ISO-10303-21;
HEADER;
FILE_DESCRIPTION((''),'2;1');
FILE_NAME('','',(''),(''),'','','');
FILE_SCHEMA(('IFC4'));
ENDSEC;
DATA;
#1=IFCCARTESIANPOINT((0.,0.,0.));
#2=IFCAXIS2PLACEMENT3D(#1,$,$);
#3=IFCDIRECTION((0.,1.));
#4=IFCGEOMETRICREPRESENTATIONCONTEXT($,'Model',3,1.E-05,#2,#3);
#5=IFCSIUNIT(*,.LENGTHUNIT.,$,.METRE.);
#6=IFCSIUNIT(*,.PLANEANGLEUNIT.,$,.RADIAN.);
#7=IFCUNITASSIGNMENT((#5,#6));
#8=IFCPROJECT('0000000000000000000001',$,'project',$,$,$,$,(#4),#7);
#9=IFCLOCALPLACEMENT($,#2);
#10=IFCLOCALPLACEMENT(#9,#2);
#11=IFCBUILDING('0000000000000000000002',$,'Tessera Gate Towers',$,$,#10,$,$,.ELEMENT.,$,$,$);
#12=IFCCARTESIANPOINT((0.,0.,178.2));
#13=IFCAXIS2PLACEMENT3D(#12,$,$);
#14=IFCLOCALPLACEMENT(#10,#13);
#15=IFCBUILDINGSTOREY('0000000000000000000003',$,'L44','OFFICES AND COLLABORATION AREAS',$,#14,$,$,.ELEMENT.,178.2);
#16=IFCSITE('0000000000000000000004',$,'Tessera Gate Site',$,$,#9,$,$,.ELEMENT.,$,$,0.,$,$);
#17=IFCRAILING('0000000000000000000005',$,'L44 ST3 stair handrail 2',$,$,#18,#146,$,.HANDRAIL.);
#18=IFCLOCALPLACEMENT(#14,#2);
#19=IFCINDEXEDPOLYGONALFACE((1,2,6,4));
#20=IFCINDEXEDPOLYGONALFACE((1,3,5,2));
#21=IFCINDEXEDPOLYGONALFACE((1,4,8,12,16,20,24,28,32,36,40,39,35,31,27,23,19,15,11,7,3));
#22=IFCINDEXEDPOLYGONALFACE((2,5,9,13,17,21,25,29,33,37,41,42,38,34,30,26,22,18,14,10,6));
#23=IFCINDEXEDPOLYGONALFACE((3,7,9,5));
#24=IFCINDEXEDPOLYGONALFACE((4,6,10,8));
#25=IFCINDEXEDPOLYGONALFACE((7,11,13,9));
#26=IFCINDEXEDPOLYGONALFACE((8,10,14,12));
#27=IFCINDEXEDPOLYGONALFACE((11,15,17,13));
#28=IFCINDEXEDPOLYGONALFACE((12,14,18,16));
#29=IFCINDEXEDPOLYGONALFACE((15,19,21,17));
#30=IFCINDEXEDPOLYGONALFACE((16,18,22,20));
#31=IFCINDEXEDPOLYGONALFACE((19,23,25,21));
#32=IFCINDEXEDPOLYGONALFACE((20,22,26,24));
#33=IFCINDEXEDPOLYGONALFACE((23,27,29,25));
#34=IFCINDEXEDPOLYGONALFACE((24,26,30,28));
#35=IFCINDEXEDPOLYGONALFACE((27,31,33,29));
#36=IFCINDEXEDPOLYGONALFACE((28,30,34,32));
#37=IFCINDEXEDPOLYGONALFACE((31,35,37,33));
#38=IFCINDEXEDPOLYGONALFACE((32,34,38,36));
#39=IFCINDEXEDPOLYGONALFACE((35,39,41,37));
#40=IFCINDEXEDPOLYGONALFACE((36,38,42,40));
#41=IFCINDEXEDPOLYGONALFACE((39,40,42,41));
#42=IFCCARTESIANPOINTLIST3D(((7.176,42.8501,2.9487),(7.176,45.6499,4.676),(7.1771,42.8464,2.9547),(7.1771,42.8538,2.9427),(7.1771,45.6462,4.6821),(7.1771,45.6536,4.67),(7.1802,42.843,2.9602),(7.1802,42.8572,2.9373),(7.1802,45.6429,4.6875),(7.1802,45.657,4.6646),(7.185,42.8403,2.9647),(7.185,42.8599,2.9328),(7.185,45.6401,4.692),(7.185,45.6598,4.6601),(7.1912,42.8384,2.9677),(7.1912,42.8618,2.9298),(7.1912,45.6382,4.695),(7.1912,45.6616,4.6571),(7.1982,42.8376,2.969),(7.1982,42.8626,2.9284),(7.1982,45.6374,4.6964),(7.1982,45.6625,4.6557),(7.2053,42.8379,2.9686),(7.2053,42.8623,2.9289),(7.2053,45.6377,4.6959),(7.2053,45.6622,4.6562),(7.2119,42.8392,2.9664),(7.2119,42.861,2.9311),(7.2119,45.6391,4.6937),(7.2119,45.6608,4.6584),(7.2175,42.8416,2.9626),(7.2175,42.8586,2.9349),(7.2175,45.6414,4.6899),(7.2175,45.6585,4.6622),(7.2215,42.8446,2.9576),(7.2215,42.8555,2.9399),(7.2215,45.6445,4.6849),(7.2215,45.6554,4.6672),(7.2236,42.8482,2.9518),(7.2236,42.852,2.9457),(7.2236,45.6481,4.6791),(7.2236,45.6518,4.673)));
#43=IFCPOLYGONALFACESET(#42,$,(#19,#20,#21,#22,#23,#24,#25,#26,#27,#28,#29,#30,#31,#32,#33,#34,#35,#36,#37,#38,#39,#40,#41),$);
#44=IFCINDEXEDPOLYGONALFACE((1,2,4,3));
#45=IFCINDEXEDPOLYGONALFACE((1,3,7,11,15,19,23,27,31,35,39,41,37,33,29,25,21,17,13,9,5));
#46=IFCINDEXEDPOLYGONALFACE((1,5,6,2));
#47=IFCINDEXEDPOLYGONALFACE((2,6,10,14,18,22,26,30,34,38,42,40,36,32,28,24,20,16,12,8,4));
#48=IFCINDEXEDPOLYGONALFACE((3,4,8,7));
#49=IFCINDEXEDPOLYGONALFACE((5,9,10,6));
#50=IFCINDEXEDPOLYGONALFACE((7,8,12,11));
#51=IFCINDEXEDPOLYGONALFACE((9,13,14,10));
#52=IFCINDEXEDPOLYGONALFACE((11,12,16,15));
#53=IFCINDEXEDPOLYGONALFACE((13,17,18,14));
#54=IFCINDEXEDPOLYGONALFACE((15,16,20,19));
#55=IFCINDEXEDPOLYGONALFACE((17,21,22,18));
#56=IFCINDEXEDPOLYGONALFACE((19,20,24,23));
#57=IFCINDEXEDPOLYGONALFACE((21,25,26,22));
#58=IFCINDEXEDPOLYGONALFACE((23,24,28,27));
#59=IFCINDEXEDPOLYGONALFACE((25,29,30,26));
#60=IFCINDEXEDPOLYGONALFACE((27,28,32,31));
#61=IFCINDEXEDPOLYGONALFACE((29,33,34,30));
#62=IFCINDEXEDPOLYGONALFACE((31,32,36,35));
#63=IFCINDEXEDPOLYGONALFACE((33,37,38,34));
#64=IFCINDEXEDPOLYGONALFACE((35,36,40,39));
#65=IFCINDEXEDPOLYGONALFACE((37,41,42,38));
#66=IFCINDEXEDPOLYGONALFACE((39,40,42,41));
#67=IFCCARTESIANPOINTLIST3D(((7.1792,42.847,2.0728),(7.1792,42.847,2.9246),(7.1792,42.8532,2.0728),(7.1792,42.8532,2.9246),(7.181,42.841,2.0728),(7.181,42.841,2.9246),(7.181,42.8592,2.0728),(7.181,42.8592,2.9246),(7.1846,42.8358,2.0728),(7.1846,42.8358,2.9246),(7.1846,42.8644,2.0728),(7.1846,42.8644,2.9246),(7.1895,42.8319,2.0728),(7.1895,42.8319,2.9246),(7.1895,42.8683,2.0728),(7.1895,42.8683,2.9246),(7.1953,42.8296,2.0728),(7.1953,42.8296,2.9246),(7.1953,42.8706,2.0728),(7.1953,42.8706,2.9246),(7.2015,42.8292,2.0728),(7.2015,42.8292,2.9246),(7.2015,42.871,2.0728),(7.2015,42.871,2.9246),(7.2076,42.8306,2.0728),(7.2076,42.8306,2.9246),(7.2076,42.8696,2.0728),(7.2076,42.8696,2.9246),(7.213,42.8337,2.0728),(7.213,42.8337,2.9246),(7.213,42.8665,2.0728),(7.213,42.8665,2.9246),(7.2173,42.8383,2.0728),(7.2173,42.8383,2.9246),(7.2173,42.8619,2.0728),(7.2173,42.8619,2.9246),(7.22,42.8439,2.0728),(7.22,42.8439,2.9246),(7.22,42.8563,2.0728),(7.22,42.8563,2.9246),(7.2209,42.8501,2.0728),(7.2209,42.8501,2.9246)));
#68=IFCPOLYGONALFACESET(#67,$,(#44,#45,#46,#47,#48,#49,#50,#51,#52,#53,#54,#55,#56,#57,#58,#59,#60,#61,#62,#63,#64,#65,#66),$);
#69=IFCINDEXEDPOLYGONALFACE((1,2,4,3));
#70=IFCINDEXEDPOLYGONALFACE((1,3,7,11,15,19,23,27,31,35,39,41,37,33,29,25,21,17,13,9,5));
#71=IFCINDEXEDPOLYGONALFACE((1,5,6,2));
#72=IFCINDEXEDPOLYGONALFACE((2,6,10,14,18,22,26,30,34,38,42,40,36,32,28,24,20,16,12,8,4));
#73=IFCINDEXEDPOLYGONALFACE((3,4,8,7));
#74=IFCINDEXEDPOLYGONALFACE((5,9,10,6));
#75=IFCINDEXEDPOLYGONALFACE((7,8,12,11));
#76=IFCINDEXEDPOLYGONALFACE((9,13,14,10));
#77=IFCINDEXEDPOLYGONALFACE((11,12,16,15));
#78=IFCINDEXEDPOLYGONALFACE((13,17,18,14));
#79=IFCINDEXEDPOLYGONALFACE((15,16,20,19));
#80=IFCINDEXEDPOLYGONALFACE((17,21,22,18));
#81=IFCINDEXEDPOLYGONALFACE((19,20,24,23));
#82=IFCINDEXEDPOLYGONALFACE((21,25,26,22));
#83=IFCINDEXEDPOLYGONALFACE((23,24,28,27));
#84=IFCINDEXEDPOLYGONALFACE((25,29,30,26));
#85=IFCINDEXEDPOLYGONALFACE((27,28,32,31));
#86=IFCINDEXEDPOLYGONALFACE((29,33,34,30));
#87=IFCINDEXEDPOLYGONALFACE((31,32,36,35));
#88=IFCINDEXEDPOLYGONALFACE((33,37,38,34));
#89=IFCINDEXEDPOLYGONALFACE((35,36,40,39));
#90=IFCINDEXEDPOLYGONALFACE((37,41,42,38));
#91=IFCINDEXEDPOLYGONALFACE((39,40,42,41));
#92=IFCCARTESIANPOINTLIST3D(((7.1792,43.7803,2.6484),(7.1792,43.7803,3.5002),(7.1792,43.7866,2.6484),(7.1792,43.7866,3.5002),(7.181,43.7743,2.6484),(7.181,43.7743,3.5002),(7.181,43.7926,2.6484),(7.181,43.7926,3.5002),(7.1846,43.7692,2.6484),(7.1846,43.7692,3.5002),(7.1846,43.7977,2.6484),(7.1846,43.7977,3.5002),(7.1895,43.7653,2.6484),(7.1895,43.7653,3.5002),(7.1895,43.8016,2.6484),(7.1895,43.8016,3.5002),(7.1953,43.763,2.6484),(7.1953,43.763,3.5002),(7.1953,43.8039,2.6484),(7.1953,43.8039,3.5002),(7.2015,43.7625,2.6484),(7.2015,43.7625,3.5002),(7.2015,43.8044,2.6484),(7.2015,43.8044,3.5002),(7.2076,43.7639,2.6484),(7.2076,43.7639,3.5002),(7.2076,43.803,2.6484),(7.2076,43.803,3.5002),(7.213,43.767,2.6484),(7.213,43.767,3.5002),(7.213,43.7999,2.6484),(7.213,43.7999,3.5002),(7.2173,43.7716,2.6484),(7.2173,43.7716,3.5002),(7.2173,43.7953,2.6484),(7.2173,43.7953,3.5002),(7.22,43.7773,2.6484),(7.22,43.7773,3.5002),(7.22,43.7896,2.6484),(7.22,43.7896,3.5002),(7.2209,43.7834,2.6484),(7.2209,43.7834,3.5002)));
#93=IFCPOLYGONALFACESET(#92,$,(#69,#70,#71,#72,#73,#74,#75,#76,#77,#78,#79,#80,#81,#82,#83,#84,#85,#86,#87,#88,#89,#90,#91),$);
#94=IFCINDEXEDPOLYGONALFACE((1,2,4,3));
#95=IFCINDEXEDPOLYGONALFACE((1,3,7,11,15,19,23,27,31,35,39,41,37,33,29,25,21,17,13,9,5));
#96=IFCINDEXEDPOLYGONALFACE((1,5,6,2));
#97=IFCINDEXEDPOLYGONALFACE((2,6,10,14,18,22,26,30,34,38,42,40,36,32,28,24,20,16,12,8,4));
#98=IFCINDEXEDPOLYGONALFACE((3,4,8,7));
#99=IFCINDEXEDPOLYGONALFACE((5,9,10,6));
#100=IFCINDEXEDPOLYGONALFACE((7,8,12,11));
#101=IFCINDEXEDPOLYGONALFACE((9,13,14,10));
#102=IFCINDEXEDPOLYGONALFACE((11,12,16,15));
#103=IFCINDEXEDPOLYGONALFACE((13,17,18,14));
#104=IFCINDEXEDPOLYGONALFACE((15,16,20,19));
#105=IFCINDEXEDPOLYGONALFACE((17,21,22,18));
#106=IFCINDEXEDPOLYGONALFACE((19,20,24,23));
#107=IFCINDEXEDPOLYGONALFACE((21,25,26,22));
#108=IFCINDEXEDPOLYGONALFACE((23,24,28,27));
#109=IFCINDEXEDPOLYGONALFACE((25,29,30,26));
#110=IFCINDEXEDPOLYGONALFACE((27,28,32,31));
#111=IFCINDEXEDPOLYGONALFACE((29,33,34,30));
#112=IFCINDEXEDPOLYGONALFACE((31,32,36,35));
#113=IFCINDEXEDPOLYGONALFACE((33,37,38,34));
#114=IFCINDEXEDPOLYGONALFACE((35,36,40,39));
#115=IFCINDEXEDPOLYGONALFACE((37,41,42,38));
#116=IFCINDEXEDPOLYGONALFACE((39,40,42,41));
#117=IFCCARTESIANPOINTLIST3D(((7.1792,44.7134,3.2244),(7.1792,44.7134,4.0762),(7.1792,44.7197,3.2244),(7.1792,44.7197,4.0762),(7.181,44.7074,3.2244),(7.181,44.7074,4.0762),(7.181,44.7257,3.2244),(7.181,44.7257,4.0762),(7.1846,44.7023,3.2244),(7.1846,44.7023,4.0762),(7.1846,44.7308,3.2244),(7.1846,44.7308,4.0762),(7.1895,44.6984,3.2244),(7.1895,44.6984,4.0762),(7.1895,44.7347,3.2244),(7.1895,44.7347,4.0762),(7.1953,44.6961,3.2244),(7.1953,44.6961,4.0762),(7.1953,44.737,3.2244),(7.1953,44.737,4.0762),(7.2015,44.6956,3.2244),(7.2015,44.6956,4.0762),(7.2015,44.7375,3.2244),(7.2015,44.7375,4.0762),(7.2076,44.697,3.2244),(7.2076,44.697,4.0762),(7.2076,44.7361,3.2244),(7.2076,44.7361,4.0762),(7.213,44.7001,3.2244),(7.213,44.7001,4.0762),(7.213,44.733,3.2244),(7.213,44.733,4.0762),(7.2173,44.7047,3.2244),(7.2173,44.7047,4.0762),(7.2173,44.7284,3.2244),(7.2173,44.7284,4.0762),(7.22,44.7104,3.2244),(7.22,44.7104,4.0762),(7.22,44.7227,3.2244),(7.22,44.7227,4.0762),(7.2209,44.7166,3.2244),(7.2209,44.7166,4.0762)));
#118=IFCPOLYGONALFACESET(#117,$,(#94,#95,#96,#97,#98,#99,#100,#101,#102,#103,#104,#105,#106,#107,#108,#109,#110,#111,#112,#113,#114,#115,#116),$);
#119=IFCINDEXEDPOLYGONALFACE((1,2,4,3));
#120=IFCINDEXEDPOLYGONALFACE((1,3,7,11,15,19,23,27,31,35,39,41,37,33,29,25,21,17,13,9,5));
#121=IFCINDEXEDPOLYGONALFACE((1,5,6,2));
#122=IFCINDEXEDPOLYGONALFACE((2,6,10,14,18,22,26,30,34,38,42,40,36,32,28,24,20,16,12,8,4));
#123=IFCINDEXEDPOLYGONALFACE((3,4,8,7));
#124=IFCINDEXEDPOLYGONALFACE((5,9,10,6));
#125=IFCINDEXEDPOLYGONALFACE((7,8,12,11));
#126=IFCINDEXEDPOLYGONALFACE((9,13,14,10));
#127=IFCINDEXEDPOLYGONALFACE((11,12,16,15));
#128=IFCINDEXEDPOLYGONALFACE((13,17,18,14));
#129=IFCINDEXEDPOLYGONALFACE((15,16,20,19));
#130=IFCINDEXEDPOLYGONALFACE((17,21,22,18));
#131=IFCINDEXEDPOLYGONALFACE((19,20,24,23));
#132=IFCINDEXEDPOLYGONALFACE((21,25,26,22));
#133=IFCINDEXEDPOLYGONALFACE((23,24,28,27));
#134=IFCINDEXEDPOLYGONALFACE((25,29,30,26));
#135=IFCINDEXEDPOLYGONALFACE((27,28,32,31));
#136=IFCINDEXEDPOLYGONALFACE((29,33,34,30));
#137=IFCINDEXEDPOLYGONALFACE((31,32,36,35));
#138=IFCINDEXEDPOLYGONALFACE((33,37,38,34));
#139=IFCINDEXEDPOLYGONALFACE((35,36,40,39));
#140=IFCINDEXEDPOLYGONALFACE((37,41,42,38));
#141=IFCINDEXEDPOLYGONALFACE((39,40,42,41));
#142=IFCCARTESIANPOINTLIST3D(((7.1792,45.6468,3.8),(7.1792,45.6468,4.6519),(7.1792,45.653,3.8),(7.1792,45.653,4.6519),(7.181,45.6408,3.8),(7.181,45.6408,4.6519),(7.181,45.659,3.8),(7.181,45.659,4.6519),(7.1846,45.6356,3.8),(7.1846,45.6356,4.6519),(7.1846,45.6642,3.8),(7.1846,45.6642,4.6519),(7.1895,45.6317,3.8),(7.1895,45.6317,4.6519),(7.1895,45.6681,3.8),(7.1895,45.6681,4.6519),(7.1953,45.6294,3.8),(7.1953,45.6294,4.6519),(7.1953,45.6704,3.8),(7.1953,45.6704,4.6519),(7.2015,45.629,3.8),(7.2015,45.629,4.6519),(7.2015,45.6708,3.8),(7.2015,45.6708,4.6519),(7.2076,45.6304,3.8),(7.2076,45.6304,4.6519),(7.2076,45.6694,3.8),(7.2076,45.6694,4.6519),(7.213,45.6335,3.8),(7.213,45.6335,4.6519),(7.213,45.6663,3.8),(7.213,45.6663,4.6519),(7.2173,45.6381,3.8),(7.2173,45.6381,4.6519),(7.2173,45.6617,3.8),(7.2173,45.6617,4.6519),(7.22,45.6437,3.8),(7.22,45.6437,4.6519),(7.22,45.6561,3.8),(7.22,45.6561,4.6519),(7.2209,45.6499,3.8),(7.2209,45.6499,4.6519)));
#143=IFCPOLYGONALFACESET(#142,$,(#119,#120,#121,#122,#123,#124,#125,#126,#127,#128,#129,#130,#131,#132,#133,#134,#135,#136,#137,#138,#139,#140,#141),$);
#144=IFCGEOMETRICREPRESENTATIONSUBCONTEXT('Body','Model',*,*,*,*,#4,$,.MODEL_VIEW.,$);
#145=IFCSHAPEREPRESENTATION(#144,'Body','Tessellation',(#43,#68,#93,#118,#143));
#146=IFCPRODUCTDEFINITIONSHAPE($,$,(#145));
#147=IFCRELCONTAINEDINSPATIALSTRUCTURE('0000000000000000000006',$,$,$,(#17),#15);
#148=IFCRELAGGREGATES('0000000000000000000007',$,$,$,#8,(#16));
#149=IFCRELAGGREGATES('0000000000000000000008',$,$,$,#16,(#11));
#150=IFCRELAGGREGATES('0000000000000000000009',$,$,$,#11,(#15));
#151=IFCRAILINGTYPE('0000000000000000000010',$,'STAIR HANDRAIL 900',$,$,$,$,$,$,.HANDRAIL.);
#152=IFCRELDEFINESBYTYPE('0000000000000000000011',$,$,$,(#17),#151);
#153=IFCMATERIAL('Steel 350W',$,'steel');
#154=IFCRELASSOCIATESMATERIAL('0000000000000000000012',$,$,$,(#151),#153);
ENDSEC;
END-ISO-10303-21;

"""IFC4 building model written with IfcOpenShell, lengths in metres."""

from ifc_helpers import new_model, si_unit, direction, frame, origin, origin_2d, place, context, subcontext, project, spatial, circle, extrude, material, type_object, element, save


model = new_model("IFC4")

# Units and contexts
model_context = context("Model", 3, precision=1e-05, world=origin(), true_north=direction((0.0, 1.0)))
body_context = subcontext(model_context, "Body", "Model", "MODEL_VIEW")
ifc_project = project(units=[si_unit("LENGTHUNIT", "METRE"), si_unit("PLANEANGLEUNIT", "RADIAN")], contexts=[model_context])

# Site, building, storey
site_placement = place(None, origin())
site = spatial("IfcSite", under=ifc_project, at=site_placement, Name="Tessera Gate Site", CompositionType="ELEMENT", RefElevation=0.0)
building_placement = place(site_placement, origin())
building = spatial("IfcBuilding", under=site, at=building_placement, Name="Tessera Gate Towers", CompositionType="ELEMENT")
storey_placement = place(building_placement, frame((0.0, 0.0, 178.2)))
storey = spatial("IfcBuildingStorey", under=building, at=storey_placement, Name="L44", Description="OFFICES AND COLLABORATION AREAS", CompositionType="ELEMENT", Elevation=178.2)

# Railing
ifc_material_1 = material(Name="Steel 350W", Category="steel")
railing_type_1 = type_object("IfcRailingType", Name="STAIR HANDRAIL 900", PredefinedType="HANDRAIL", material=ifc_material_1)
railing_1_placement = place(storey_placement, frame((7.2, 42.8501, 2.0728)))
element("IfcRailing", 1, at=railing_1_placement, inside=storey, type_object=railing_type_1, Name="L44 ST3 stair handrail 2", PredefinedType="HANDRAIL", context=body_context, shape_type="SweptSolid", body=[
    extrude(circle(Radius=0.0239, at=origin_2d()), frame((0.0, 0.0, 0.876), z_axis=(0.0, 0.851069, 0.525054), x_axis=(-1.0, 0.0, 0.0)), (0.0, 0.0, 1.0), 3.2898),
    extrude(circle(Radius=0.021, at=origin_2d()), origin(), (0.0, 0.0, 1.0), 0.8518),
    extrude(circle(Radius=0.021, at=origin_2d()), frame((0.0, 0.9333, 0.5757)), (0.0, 0.0, 1.0), 0.8518),
    extrude(circle(Radius=0.021, at=origin_2d()), frame((0.0, 1.8665, 1.1516)), (0.0, 0.0, 1.0), 0.8518),
    extrude(circle(Radius=0.021, at=origin_2d()), frame((0.0, 2.7998, 1.7273)), (0.0, 0.0, 1.0), 0.8518),
])

save(model, "model.ifc")
